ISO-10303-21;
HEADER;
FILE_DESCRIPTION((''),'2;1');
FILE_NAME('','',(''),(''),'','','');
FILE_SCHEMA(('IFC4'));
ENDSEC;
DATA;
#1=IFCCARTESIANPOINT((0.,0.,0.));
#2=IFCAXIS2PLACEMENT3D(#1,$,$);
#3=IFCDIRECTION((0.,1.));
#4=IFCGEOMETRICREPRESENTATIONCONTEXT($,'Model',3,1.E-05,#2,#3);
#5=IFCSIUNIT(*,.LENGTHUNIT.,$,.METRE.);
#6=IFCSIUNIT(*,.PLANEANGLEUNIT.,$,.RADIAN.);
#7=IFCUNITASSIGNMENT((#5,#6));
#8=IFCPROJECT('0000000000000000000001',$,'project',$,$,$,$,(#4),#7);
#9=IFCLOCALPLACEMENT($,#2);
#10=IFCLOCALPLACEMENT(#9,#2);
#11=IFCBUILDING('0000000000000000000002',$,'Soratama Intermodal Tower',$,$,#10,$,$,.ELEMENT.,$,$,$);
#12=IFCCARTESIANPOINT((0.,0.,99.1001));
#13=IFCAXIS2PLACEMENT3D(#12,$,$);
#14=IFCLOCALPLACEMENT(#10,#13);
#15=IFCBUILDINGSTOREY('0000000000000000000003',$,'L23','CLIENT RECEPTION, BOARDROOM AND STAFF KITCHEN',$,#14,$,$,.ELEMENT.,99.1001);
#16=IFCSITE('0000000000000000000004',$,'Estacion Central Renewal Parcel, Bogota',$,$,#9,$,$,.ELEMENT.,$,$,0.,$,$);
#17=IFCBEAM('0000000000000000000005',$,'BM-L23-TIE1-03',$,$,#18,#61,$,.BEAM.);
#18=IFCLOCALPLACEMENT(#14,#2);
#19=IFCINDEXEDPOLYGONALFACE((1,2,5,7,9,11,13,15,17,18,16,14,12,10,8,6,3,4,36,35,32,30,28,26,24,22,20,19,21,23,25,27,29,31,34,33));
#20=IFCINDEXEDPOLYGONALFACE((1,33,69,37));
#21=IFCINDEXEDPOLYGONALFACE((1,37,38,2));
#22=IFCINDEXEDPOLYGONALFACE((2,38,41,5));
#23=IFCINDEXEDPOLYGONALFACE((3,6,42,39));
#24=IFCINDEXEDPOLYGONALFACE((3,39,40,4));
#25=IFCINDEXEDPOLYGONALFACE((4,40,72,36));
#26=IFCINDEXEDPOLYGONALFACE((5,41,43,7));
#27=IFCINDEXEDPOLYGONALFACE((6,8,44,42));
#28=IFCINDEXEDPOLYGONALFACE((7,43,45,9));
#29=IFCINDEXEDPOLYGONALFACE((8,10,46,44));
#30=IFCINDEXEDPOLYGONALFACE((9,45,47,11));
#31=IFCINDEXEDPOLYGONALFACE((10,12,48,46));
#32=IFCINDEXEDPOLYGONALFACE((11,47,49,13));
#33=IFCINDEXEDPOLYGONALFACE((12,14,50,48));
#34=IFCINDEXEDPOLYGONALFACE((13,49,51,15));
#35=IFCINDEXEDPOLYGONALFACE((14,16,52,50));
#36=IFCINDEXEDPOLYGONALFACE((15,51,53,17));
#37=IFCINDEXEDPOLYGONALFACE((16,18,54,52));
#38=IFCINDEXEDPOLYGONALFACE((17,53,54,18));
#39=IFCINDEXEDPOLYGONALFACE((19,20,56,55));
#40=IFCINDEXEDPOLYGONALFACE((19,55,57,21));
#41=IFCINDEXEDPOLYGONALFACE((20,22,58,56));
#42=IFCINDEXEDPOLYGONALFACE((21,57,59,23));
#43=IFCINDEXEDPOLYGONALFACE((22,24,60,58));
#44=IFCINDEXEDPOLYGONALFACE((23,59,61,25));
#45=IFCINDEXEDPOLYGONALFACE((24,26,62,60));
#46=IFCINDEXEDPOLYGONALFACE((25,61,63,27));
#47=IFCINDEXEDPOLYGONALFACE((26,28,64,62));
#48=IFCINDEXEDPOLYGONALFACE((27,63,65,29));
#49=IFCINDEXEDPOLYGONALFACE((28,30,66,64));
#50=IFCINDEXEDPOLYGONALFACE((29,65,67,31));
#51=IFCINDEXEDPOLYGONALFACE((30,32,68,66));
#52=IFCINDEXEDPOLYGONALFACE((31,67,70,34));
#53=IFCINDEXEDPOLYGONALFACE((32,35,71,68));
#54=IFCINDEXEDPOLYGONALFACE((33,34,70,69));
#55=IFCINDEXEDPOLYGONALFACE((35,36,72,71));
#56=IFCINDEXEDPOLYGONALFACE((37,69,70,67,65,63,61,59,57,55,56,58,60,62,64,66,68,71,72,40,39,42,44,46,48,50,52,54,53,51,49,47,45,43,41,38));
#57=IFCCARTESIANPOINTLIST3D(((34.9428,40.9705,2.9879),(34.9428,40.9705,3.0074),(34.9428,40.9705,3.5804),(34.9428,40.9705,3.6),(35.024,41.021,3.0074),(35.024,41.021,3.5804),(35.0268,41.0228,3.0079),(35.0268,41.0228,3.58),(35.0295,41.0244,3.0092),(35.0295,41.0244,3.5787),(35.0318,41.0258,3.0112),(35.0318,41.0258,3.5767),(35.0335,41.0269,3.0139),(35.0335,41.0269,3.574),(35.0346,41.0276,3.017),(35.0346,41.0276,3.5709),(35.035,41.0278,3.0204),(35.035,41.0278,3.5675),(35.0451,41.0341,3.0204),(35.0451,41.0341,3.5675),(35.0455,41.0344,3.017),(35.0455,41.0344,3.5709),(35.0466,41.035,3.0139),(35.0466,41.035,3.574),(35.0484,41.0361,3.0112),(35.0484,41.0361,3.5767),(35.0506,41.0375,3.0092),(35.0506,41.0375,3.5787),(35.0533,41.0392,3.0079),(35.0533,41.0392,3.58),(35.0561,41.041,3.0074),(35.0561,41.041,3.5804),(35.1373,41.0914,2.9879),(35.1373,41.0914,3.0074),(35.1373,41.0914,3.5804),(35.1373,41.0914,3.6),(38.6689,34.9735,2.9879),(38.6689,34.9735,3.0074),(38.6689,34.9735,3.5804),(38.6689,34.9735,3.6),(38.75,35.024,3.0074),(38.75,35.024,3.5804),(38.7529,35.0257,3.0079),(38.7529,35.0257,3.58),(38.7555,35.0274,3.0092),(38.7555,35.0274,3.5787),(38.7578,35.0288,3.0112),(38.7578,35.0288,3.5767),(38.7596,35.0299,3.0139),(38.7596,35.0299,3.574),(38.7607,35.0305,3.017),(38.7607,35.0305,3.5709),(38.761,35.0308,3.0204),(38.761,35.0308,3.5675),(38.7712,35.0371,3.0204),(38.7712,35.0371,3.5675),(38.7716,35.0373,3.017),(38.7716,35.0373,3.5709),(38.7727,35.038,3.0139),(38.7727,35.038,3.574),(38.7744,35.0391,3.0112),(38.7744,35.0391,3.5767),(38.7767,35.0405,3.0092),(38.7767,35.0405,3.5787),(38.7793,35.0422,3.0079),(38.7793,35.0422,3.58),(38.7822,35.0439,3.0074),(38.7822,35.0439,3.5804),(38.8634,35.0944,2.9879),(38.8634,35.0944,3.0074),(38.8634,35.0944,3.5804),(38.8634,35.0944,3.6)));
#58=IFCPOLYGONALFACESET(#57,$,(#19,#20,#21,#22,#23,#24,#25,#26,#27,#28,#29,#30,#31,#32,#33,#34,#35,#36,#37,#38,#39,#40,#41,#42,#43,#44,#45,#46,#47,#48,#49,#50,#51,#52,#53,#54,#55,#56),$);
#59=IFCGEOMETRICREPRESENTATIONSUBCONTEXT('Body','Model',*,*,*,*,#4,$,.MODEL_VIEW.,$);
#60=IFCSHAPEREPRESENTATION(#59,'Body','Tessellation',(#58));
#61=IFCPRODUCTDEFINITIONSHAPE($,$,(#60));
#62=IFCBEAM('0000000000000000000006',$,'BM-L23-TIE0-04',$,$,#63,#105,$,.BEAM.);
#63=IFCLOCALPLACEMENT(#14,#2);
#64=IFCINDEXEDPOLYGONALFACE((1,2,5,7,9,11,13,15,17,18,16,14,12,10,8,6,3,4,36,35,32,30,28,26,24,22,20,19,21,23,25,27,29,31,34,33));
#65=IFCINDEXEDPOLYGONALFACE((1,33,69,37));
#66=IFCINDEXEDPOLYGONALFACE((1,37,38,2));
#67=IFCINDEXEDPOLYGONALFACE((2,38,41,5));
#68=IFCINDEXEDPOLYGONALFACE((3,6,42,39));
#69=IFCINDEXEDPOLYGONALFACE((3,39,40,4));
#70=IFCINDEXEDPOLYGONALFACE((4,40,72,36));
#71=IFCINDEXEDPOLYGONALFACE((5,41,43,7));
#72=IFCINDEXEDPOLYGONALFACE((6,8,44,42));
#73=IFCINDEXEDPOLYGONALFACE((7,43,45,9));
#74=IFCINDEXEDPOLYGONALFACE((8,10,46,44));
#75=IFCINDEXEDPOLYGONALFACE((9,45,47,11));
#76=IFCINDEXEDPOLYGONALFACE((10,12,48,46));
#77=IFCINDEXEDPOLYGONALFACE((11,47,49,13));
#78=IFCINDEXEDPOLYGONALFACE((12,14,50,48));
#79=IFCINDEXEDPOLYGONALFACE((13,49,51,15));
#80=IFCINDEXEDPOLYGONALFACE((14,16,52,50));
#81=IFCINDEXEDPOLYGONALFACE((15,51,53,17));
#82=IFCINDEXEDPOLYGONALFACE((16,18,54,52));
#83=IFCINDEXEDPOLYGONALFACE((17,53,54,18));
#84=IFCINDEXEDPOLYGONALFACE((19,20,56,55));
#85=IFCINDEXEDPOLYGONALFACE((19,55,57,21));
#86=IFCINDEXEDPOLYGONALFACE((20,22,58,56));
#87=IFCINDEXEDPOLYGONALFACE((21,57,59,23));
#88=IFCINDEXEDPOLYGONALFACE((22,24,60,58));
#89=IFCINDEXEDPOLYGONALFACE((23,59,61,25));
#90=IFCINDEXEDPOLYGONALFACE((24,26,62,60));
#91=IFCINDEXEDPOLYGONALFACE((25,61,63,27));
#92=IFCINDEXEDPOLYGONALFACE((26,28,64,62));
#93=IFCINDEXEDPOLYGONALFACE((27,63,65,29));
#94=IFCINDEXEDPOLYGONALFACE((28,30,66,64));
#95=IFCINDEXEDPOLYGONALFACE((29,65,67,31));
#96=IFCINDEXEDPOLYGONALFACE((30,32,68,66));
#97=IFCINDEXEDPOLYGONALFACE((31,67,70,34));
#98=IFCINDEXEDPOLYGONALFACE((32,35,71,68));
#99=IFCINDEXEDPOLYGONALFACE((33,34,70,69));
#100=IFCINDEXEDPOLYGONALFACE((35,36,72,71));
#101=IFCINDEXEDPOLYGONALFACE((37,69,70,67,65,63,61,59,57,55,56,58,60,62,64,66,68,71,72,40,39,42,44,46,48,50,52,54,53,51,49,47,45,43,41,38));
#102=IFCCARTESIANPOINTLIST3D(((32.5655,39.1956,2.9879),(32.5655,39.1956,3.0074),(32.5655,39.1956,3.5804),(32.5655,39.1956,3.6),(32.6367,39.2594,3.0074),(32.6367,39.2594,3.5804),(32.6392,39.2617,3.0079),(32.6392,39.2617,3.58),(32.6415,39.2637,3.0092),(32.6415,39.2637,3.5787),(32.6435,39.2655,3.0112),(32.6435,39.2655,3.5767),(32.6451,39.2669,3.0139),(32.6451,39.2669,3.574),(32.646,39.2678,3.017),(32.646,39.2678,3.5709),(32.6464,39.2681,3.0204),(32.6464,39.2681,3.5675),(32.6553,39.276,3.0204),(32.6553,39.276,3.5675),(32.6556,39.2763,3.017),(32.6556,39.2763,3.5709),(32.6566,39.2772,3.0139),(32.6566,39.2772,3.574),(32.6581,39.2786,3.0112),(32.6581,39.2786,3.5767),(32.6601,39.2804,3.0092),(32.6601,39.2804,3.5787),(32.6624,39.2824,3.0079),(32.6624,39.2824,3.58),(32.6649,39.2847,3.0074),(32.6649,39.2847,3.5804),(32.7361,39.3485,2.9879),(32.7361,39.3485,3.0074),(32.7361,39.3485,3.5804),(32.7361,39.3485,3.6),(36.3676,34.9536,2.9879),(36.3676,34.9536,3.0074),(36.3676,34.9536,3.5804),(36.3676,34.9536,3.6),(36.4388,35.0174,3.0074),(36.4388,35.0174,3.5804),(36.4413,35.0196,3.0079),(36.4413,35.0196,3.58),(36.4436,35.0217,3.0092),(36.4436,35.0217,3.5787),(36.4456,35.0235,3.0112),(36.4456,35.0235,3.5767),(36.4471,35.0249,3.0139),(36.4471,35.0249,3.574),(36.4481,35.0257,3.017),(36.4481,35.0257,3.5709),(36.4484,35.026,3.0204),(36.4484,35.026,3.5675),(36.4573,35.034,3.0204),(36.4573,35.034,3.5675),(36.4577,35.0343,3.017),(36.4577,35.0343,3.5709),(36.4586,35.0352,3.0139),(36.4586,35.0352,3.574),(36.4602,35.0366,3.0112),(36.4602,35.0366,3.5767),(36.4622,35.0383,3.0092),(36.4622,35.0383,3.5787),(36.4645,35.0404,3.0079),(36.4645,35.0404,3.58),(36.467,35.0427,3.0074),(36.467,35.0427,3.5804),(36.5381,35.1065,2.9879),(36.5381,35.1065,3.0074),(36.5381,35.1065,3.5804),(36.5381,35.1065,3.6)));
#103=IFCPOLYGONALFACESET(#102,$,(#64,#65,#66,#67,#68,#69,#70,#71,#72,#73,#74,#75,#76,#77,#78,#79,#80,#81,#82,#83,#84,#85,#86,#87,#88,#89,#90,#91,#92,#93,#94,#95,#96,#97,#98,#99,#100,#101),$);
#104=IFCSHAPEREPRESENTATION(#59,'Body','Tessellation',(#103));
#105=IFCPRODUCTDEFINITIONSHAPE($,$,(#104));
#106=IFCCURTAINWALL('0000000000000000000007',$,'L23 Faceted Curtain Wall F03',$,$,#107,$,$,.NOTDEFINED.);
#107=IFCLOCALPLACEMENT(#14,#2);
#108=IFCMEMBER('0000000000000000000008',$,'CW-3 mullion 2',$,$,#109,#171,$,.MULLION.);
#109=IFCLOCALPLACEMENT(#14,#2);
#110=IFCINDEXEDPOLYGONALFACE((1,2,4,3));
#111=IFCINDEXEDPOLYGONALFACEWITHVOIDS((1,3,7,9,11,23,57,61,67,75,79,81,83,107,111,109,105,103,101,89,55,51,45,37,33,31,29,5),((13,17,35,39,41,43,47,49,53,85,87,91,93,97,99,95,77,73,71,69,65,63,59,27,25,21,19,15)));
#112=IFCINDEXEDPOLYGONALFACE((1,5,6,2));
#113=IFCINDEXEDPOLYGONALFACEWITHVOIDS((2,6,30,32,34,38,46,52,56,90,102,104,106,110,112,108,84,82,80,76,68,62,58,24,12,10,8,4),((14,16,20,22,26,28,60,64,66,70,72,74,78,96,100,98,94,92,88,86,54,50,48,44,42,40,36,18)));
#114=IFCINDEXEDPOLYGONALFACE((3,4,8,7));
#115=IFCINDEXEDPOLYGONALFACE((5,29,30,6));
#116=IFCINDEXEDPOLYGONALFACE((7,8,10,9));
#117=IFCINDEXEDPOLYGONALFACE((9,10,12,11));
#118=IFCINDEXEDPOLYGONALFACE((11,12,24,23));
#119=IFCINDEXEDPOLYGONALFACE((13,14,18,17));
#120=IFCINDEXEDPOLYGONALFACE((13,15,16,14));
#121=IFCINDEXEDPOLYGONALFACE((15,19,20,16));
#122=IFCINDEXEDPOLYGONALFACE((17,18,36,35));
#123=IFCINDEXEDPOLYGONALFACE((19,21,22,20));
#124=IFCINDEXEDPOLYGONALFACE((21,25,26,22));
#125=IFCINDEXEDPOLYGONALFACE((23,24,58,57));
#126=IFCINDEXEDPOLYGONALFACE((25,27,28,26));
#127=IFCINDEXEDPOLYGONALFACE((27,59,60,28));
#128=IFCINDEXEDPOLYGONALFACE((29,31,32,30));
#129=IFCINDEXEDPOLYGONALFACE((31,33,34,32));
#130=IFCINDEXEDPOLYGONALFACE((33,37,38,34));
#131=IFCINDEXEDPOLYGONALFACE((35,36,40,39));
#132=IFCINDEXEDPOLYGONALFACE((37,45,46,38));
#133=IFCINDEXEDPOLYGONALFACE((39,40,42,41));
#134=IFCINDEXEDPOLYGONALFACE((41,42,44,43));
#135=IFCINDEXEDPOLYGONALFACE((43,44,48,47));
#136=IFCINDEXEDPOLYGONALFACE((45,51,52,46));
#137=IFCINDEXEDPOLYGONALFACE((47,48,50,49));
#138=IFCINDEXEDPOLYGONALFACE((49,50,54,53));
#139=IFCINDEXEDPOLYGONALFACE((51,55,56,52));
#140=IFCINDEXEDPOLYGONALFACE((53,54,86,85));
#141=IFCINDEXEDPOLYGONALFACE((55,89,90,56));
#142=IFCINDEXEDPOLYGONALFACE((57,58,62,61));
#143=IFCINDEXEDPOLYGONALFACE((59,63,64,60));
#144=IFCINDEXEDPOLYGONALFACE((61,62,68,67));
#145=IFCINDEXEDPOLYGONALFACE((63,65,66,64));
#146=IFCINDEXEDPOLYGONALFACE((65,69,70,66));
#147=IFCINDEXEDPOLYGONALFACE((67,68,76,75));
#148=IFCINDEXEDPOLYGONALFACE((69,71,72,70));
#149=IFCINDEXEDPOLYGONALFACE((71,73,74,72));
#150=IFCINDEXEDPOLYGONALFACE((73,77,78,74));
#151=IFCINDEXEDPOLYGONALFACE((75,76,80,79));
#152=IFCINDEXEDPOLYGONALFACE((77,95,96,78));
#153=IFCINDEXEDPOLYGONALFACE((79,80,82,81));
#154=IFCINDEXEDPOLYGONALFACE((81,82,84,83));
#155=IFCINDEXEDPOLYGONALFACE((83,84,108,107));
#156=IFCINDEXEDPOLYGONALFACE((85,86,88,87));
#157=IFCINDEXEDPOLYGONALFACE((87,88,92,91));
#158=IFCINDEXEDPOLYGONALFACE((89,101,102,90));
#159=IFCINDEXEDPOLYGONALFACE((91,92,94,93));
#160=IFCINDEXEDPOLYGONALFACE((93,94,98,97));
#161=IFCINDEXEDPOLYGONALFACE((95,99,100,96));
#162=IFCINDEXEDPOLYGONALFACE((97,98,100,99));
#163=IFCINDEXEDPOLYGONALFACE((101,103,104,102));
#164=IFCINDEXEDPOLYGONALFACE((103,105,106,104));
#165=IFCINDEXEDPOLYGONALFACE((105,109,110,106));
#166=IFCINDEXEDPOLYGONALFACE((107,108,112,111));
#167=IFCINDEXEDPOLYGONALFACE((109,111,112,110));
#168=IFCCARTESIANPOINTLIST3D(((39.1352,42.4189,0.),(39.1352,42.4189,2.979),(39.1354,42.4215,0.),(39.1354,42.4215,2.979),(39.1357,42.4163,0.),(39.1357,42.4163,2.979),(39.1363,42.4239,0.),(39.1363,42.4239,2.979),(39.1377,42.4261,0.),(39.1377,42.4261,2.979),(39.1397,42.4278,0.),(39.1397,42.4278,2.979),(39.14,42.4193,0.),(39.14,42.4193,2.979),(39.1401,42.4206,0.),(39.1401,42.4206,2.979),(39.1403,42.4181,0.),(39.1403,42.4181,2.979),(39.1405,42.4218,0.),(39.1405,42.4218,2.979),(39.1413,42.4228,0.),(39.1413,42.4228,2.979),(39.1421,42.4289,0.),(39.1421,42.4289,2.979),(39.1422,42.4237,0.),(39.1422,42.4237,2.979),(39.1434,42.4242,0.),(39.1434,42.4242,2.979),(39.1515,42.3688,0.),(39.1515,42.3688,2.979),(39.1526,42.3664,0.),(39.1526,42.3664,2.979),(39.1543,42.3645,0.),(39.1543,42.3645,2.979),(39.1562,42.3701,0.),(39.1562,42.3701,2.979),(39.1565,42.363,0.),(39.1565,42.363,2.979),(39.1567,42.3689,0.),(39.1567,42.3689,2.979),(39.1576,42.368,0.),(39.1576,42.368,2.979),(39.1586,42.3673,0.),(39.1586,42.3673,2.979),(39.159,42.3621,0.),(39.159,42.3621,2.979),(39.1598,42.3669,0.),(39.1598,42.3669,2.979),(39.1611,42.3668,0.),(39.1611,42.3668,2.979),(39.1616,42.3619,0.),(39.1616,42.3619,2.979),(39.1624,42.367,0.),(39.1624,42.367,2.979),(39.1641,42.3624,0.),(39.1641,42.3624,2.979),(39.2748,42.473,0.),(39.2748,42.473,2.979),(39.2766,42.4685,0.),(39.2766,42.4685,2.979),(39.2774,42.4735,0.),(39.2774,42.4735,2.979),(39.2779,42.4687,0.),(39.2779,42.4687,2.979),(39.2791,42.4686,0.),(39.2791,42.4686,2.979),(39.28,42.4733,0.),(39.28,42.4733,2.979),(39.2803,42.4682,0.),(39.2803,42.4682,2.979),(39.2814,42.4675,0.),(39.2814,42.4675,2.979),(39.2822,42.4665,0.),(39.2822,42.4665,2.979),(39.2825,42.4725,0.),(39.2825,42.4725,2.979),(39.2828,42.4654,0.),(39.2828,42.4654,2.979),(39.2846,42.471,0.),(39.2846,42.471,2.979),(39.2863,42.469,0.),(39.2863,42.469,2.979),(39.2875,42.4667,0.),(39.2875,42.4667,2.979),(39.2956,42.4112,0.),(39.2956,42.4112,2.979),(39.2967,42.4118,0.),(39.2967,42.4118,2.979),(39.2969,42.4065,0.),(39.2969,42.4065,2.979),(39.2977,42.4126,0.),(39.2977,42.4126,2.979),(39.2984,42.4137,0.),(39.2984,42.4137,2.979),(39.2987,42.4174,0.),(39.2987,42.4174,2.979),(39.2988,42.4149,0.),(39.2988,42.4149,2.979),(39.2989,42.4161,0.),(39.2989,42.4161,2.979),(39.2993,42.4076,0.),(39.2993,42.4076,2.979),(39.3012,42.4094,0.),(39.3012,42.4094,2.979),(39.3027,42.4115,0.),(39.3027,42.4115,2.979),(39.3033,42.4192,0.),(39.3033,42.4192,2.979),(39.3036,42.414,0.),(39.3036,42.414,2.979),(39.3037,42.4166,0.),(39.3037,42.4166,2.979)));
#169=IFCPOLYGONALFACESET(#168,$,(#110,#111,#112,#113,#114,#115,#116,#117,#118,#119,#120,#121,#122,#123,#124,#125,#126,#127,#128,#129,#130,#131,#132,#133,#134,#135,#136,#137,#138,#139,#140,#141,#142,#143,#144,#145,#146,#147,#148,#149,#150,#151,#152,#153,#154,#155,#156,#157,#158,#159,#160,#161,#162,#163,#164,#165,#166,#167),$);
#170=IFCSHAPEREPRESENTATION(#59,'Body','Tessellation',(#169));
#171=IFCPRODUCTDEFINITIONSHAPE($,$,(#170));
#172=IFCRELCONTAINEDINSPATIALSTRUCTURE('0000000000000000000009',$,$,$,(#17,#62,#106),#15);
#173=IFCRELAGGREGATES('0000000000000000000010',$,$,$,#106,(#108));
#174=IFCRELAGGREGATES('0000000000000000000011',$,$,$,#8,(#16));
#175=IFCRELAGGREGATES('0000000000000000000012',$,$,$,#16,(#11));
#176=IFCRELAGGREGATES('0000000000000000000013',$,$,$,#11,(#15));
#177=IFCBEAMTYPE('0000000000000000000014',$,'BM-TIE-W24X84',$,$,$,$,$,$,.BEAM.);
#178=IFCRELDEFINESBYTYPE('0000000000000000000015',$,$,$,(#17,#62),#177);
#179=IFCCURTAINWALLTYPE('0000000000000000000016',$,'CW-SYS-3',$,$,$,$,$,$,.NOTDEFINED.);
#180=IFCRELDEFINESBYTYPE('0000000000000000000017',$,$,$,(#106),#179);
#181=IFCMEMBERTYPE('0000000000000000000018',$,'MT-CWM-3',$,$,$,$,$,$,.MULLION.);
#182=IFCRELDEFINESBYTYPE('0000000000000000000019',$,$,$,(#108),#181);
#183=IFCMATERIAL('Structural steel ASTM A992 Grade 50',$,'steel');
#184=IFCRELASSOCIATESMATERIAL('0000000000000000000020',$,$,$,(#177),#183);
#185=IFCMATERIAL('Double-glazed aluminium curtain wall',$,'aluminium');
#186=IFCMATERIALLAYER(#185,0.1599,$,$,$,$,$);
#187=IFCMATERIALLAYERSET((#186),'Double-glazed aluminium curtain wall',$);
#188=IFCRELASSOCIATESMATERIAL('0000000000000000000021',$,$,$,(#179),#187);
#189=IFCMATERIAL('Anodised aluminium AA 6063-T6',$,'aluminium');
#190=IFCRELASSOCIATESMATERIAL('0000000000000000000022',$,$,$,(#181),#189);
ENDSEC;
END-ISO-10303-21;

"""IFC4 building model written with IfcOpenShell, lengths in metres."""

from ifc_helpers import new_model, si_unit, direction, frame, origin, origin_2d, place, context, subcontext, project, spatial, hollow_rectangle, i_section, extrude, material, layer, layer_set, material_profile, profile_set, type_object, element, aggregate, save


model = new_model("IFC4")

# Units and contexts
model_context = context("Model", 3, precision=1e-05, world=origin(), true_north=direction((0.0, 1.0)))
body_context = subcontext(model_context, "Body", "Model", "MODEL_VIEW")
ifc_project = project(units=[si_unit("LENGTHUNIT", "METRE"), si_unit("PLANEANGLEUNIT", "RADIAN")], contexts=[model_context])

# Site, building, storey
site_placement = place(None, origin())
site = spatial("IfcSite", under=ifc_project, at=site_placement, Name="Estacion Central Renewal Parcel, Bogota", CompositionType="ELEMENT", RefElevation=0.0)
building_placement = place(site_placement, origin())
building = spatial("IfcBuilding", under=site, at=building_placement, Name="Soratama Intermodal Tower", CompositionType="ELEMENT")
storey_placement = place(building_placement, frame((0.0, 0.0, 99.1001)))
storey = spatial("IfcBuildingStorey", under=building, at=storey_placement, Name="L23", Description="CLIENT RECEPTION, BOARDROOM AND STAFF KITCHEN", CompositionType="ELEMENT", Elevation=99.1001)

# Beams
ifc_material_1 = material(Name="Structural steel ASTM A992 Grade 50", Category="steel")
ifc_material_profile_1 = material_profile(ifc_material_1, i_section(OverallWidth=0.229, OverallDepth=0.6121, WebThickness=0.012, FlangeThickness=0.0195, FilletRadius=0.0129, at=origin_2d()), Name="W24X84")
ifc_profile_set_1 = profile_set([ifc_material_profile_1], Name="Structural steel ASTM A992 Grade 50")
beam_type_1 = type_object("IfcBeamType", Name="BM-TIE-W24X84", PredefinedType="BEAM", material=ifc_profile_set_1)
beam_1_placement = place(storey_placement, frame((38.7661, 35.0339, 3.2939), z_axis=(-0.527747, 0.849402, 0.0), x_axis=(-0.849402, -0.527747, 0.0)))
element("IfcBeam", 1, at=beam_1_placement, inside=storey, type_object=beam_type_1, Name="BM-L23-TIE1-03", PredefinedType="BEAM", context=body_context, shape_type="SweptSolid", body=[
    extrude(i_section(OverallWidth=0.229, OverallDepth=0.6121, WebThickness=0.012, FlangeThickness=0.0195, FilletRadius=0.0129, at=origin_2d()), origin(), (0.0, 0.0, 1.0), 7.0603),
])
beam_2_placement = place(storey_placement, frame((36.4529, 35.03, 3.2939), z_axis=(-0.667436, 0.744667, 0.0), x_axis=(-0.744667, -0.667436, 0.0)))
element("IfcBeam", 2, at=beam_2_placement, inside=storey, type_object=beam_type_1, Name="BM-L23-TIE0-04", PredefinedType="BEAM", context=body_context, shape_type="SweptSolid", body=[
    extrude(i_section(OverallWidth=0.229, OverallDepth=0.6121, WebThickness=0.012, FlangeThickness=0.0195, FilletRadius=0.0129, at=origin_2d()), origin(), (0.0, 0.0, 1.0), 5.6965),
])

# Curtain wall, member
ifc_material_2 = material(Name="Double-glazed aluminium curtain wall", Category="aluminium")
ifc_layer_1 = layer(ifc_material_2, 0.1599)
ifc_layer_set_1 = layer_set([ifc_layer_1], Name="Double-glazed aluminium curtain wall")
curtain_wall_type = type_object("IfcCurtainWallType", Name="CW-SYS-3", PredefinedType="NOTDEFINED", material=ifc_layer_set_1)
curtain_wall_placement = place(storey_placement, origin())
curtain_wall = element("IfcCurtainWall", 3, at=curtain_wall_placement, inside=storey, type_object=curtain_wall_type, Name="L23 Faceted Curtain Wall F03", PredefinedType="NOTDEFINED")
ifc_material_3 = material(Name="Anodised aluminium AA 6063-T6", Category="aluminium")
ifc_material_profile_2 = material_profile(ifc_material_3, hollow_rectangle(XDim=0.0701, YDim=0.1599, WallThickness=0.0049, InnerFilletRadius=0.0049, OuterFilletRadius=0.01, at=origin_2d()), Name="CWM160X70X5")
ifc_profile_set_2 = profile_set([ifc_material_profile_2], Name="Anodised aluminium AA 6063-T6")
member_type_1 = type_object("IfcMemberType", Name="MT-CWM-3", PredefinedType="MULLION", material=ifc_profile_set_2)
member_1_placement = place(storey_placement, frame((39.2195, 42.4177, 0.0), z_axis=(0.0, 0.0, 1.0), x_axis=(0.314994, -0.949094, 0.0)))
member_1 = element("IfcMember", 4, at=member_1_placement, type_object=member_type_1, Name="CW-3 mullion 2", PredefinedType="MULLION", context=body_context, shape_type="SweptSolid", body=[
    extrude(hollow_rectangle(XDim=0.0701, YDim=0.1599, WallThickness=0.0049, InnerFilletRadius=0.0049, OuterFilletRadius=0.01, at=origin_2d()), origin(), (0.0, 0.0, 1.0), 2.979),
])
aggregate(curtain_wall, [member_1])

save(model, "model.ifc")
